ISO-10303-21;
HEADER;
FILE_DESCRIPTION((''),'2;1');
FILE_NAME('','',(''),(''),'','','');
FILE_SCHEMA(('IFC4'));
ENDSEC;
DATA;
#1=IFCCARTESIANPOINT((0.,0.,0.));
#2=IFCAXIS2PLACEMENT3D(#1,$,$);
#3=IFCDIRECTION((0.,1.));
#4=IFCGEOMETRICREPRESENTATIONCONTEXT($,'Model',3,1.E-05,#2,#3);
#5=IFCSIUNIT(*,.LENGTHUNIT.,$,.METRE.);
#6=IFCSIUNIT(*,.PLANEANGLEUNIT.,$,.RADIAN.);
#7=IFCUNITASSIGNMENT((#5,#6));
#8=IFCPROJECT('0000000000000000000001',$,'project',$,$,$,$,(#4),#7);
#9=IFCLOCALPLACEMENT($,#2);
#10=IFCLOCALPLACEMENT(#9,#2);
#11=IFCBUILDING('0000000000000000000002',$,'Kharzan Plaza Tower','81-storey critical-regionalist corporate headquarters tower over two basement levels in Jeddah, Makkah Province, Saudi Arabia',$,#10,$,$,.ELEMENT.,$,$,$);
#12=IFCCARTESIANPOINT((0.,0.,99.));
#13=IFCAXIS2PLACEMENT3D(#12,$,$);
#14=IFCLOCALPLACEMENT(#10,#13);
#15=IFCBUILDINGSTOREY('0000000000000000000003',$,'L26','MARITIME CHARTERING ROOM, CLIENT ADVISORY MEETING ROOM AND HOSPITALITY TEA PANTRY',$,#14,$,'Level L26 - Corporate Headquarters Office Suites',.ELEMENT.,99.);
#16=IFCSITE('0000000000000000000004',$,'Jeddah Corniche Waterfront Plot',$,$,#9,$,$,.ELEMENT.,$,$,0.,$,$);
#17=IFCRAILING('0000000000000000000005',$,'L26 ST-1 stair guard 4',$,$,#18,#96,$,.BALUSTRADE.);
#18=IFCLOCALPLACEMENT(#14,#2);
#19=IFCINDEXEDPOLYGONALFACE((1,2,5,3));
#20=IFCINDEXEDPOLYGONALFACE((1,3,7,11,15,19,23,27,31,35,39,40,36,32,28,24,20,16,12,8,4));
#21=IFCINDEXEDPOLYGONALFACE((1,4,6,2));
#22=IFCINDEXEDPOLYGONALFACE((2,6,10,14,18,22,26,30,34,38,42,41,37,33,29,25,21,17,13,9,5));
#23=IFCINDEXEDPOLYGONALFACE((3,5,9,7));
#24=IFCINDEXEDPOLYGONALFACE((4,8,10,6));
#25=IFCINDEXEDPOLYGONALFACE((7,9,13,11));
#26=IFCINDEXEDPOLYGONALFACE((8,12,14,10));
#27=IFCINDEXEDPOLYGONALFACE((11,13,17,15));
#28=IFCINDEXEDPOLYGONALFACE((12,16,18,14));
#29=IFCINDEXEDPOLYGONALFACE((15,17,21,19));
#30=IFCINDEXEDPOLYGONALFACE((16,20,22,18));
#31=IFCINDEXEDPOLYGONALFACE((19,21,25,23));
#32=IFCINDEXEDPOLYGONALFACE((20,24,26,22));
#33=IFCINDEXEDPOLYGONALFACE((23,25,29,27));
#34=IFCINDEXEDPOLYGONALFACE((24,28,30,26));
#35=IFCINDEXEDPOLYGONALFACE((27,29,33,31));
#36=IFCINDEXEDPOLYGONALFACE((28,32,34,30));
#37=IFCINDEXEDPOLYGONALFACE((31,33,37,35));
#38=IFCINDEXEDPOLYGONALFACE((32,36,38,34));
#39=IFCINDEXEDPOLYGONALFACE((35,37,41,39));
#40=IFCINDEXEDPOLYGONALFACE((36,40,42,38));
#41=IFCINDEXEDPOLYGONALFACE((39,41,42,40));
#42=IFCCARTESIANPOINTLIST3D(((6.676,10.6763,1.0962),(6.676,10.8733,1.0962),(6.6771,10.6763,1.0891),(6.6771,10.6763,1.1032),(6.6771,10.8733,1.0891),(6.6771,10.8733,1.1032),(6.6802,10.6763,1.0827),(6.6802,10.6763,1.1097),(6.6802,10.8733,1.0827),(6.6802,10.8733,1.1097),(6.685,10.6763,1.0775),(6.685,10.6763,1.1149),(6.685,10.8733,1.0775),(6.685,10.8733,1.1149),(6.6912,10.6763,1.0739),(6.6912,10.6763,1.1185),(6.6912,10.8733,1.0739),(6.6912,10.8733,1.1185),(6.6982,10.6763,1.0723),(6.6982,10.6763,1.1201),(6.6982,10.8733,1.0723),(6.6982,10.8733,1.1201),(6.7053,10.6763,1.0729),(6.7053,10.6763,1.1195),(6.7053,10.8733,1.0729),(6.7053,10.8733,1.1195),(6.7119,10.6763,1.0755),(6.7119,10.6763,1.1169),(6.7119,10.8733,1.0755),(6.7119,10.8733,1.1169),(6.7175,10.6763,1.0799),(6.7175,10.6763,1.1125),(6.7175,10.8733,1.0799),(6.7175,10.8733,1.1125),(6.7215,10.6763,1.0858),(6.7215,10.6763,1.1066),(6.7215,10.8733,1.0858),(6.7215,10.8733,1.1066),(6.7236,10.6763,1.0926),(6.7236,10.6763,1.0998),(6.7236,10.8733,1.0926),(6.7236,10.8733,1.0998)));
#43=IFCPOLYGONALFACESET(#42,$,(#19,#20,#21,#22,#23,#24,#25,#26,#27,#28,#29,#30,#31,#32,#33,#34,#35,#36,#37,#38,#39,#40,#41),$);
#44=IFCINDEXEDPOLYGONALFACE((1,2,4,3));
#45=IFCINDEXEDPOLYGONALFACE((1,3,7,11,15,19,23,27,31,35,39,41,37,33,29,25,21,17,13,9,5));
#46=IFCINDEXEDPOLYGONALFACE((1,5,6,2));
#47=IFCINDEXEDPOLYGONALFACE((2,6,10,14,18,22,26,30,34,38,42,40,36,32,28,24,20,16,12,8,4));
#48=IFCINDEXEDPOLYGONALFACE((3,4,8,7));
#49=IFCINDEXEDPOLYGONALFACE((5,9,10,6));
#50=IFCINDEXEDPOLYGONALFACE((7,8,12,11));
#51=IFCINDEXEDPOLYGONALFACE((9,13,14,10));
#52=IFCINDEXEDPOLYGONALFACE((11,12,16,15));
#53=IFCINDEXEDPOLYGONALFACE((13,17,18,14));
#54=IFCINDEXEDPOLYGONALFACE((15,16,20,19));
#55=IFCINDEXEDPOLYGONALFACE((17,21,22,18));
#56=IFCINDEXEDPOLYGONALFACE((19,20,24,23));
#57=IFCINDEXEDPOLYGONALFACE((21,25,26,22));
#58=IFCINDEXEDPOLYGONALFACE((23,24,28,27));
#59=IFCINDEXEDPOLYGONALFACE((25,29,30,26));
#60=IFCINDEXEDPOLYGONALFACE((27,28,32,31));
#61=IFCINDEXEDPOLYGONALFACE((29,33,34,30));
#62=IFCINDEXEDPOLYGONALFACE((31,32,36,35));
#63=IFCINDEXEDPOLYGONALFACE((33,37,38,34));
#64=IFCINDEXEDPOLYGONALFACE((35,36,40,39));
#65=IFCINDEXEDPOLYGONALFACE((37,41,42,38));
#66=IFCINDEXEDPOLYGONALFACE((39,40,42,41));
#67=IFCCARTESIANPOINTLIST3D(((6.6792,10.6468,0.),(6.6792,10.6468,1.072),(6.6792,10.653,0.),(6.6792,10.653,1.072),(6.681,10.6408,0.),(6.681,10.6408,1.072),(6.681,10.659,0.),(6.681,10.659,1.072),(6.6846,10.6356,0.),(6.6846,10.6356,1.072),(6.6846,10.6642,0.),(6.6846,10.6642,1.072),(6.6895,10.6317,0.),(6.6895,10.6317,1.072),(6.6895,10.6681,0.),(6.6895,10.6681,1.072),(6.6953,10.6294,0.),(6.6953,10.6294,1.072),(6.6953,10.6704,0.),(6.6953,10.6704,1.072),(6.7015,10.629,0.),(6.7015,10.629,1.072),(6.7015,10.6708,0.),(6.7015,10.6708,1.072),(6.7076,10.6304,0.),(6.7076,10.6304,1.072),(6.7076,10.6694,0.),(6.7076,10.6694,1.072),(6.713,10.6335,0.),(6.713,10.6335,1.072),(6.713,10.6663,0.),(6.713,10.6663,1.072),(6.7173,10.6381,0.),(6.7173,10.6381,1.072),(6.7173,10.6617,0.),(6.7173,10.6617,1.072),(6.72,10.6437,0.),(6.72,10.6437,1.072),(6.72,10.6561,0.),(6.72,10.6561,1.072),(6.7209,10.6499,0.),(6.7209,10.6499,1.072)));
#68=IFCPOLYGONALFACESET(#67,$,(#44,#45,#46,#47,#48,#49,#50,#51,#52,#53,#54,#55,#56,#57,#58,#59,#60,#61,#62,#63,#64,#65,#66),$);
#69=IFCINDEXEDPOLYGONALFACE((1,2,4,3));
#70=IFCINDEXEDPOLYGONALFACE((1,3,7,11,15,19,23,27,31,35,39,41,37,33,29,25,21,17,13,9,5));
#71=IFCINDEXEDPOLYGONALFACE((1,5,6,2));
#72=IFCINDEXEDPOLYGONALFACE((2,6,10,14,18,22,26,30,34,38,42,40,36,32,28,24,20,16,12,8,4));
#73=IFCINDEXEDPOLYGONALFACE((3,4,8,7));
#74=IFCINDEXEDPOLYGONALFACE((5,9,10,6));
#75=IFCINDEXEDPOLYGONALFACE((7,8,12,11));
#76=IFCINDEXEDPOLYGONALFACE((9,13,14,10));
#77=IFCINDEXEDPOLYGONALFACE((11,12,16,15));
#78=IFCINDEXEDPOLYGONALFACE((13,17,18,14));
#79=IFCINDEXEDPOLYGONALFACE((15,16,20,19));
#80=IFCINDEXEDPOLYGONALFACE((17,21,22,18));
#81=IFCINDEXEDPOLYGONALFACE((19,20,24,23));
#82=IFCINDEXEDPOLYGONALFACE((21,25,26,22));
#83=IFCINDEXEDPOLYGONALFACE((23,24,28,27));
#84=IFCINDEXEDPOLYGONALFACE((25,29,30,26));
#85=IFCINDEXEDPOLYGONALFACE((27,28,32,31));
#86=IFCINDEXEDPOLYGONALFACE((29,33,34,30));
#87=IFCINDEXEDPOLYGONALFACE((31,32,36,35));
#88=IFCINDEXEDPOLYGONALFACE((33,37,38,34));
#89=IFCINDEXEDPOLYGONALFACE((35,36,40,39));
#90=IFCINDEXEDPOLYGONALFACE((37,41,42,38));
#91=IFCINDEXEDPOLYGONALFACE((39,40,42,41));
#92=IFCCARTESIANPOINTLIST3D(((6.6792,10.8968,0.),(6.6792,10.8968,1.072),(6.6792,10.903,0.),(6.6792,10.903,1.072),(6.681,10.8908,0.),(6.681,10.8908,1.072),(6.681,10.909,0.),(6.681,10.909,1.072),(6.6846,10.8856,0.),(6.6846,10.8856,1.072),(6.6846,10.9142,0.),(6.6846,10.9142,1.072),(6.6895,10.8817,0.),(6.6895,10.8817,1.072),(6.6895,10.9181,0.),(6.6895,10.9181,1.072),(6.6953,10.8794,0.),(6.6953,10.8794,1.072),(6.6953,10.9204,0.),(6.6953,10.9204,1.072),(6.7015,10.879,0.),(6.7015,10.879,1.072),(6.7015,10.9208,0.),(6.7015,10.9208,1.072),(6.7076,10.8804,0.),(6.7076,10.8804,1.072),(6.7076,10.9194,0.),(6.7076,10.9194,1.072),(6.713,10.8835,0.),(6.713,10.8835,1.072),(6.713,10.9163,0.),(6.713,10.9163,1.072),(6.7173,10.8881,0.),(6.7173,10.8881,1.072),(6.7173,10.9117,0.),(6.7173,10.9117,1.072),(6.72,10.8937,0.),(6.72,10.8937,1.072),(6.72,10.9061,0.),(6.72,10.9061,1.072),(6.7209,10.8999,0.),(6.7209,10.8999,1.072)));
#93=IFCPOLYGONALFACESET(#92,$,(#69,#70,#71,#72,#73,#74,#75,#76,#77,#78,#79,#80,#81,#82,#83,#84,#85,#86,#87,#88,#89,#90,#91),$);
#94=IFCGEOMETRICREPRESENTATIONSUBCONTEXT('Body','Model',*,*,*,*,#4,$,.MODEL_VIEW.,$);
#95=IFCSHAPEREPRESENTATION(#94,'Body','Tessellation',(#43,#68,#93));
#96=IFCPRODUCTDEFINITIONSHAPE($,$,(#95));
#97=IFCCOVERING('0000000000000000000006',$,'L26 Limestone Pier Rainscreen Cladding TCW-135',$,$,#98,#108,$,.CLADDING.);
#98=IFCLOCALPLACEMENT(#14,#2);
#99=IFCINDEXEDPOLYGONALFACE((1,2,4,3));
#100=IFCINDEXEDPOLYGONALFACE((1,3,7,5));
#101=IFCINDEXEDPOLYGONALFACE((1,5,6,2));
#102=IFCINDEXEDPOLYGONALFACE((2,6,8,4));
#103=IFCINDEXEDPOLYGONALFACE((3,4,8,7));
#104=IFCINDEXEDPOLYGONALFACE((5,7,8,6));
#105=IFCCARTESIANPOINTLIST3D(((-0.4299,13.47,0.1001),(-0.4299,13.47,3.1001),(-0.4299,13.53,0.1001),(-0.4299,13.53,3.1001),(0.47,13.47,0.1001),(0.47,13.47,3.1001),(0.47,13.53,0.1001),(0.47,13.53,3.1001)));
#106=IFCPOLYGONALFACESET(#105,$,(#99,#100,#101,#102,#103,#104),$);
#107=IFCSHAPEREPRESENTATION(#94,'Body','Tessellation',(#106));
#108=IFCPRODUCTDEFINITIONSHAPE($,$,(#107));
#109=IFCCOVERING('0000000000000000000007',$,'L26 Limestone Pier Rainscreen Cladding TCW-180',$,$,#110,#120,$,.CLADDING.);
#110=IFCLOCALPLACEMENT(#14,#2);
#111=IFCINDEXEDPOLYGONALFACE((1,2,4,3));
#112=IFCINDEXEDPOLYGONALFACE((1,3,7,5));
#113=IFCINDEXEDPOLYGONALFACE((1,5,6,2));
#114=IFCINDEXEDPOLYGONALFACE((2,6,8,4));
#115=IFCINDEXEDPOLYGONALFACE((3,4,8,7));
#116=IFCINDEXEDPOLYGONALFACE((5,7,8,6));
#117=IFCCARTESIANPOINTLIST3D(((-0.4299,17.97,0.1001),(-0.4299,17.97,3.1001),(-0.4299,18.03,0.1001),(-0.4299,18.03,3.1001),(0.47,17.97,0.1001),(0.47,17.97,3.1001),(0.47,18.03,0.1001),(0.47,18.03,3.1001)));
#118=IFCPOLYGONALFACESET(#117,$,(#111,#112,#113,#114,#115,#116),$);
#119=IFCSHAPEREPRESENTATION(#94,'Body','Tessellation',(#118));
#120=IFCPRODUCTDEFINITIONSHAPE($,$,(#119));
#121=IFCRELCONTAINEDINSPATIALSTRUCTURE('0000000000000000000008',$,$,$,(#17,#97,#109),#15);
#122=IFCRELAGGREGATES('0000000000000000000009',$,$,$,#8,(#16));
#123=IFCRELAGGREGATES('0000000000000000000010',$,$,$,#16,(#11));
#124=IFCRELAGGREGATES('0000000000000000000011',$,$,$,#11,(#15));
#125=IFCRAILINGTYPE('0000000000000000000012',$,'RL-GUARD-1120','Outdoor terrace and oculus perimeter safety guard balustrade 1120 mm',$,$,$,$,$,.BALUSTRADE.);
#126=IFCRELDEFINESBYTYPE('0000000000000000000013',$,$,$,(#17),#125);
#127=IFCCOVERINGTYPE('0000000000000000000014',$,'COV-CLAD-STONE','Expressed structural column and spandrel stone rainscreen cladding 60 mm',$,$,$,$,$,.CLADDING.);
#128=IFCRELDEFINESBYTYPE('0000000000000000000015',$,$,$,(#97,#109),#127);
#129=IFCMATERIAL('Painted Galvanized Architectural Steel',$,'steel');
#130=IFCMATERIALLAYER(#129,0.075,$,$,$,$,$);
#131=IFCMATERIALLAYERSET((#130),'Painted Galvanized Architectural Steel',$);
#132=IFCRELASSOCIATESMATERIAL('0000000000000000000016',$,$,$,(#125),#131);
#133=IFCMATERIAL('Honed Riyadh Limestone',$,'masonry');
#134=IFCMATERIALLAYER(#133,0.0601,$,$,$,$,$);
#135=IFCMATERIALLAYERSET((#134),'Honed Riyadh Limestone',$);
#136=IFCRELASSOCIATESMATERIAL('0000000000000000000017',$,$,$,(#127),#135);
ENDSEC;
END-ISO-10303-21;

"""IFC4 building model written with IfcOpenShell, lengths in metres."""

from ifc_helpers import new_model, si_unit, direction, frame, origin, origin_2d, place, context, subcontext, project, spatial, rectangle, circle, extrude, source, transform, mapped, material, layer, layer_set, type_object, element, save


model = new_model("IFC4")

# Units and contexts
model_context = context("Model", 3, precision=1e-05, world=origin(), true_north=direction((0.0, 1.0)))
body_context = subcontext(model_context, "Body", "Model", "MODEL_VIEW")
ifc_project = project(units=[si_unit("LENGTHUNIT", "METRE"), si_unit("PLANEANGLEUNIT", "RADIAN")], contexts=[model_context])

# Site, building, storey
site_placement = place(None, origin())
site = spatial("IfcSite", under=ifc_project, at=site_placement, Name="Jeddah Corniche Waterfront Plot", CompositionType="ELEMENT", RefElevation=0.0)
building_placement = place(site_placement, origin())
building = spatial("IfcBuilding", under=site, at=building_placement, Name="Kharzan Plaza Tower", Description="81-storey critical-regionalist corporate headquarters tower over two basement levels in Jeddah, Makkah Province, Saudi Arabia", CompositionType="ELEMENT")
storey_placement = place(building_placement, frame((0.0, 0.0, 99.0)))
storey = spatial("IfcBuildingStorey", under=building, at=storey_placement, Name="L26", Description="MARITIME CHARTERING ROOM, CLIENT ADVISORY MEETING ROOM AND HOSPITALITY TEA PANTRY", LongName="Level L26 - Corporate Headquarters Office Suites", CompositionType="ELEMENT", Elevation=99.0)

# Railing
ifc_material_1 = material(Name="Painted Galvanized Architectural Steel", Category="steel")
ifc_layer_1 = layer(ifc_material_1, 0.075)
ifc_layer_set_1 = layer_set([ifc_layer_1], Name="Painted Galvanized Architectural Steel")
railing_type = type_object("IfcRailingType", Name="RL-GUARD-1120", Description="Outdoor terrace and oculus perimeter safety guard balustrade 1120 mm", PredefinedType="BALUSTRADE", material=ifc_layer_set_1)
shared_shape_1 = source(origin(), body_context, "Body", "SweptSolid", [
    extrude(circle(Radius=0.0239, at=origin_2d()), frame((0.0, 0.0264, 1.0962), z_axis=(0.0, 1.0, 0.0), x_axis=(-1.0, 0.0, 0.0)), (0.0, 0.0, 1.0), 0.197),
    extrude(circle(Radius=0.021, at=origin_2d()), origin(), (0.0, 0.0, 1.0), 1.072),
    extrude(circle(Radius=0.021, at=origin_2d()), frame((0.0, 0.25, 0.0)), (0.0, 0.0, 1.0), 1.072),
])
railing_1_placement = place(storey_placement, frame((6.7, 10.6499, 0.0)))
element("IfcRailing", 1, at=railing_1_placement, inside=storey, type_object=railing_type, Name="L26 ST-1 stair guard 4", PredefinedType="BALUSTRADE", context=body_context, shape_type="MappedRepresentation", body=[
    mapped(shared_shape_1, transform((0.0, 0.0, 0.0), x_axis=(1.0, 0.0, 0.0), y_axis=(0.0, 1.0, 0.0), z_axis=(0.0, 0.0, 1.0))),
])

# Coverings
ifc_material_2 = material(Name="Honed Riyadh Limestone", Category="masonry")
ifc_layer_2 = layer(ifc_material_2, 0.0601)
ifc_layer_set_2 = layer_set([ifc_layer_2], Name="Honed Riyadh Limestone")
covering_type = type_object("IfcCoveringType", Name="COV-CLAD-STONE", Description="Expressed structural column and spandrel stone rainscreen cladding 60 mm", PredefinedType="CLADDING", material=ifc_layer_set_2)
shared_shape_2 = source(origin(), body_context, "Body", "SweptSolid", [
    extrude(rectangle(XDim=0.0601, YDim=0.8999, at=origin_2d()), origin(), (0.0, 0.0, 1.0), 3.0),
])
for number, where, z_axis, x_axis, name in (
    (2, (0.02, 13.5, 0.1001), (0.0, 0.0, 1.0), (0.0, 1.0, 0.0), "L26 Limestone Pier Rainscreen Cladding TCW-135"),
    (3, (0.02, 18.0, 0.1001), (0.0, 0.0, 1.0), (0.0, 1.0, 0.0), "L26 Limestone Pier Rainscreen Cladding TCW-180"),
):
    element("IfcCovering", number, at=place(storey_placement, frame(where, z_axis=z_axis, x_axis=x_axis)), inside=storey, type_object=covering_type, Name=name, PredefinedType="CLADDING", context=body_context, shape_type="MappedRepresentation", body=[
        mapped(shared_shape_2, transform((0.0, 0.0, 0.0), x_axis=(1.0, 0.0, 0.0), y_axis=(0.0, 1.0, 0.0), z_axis=(0.0, 0.0, 1.0))),
    ])

save(model, "model.ifc")
